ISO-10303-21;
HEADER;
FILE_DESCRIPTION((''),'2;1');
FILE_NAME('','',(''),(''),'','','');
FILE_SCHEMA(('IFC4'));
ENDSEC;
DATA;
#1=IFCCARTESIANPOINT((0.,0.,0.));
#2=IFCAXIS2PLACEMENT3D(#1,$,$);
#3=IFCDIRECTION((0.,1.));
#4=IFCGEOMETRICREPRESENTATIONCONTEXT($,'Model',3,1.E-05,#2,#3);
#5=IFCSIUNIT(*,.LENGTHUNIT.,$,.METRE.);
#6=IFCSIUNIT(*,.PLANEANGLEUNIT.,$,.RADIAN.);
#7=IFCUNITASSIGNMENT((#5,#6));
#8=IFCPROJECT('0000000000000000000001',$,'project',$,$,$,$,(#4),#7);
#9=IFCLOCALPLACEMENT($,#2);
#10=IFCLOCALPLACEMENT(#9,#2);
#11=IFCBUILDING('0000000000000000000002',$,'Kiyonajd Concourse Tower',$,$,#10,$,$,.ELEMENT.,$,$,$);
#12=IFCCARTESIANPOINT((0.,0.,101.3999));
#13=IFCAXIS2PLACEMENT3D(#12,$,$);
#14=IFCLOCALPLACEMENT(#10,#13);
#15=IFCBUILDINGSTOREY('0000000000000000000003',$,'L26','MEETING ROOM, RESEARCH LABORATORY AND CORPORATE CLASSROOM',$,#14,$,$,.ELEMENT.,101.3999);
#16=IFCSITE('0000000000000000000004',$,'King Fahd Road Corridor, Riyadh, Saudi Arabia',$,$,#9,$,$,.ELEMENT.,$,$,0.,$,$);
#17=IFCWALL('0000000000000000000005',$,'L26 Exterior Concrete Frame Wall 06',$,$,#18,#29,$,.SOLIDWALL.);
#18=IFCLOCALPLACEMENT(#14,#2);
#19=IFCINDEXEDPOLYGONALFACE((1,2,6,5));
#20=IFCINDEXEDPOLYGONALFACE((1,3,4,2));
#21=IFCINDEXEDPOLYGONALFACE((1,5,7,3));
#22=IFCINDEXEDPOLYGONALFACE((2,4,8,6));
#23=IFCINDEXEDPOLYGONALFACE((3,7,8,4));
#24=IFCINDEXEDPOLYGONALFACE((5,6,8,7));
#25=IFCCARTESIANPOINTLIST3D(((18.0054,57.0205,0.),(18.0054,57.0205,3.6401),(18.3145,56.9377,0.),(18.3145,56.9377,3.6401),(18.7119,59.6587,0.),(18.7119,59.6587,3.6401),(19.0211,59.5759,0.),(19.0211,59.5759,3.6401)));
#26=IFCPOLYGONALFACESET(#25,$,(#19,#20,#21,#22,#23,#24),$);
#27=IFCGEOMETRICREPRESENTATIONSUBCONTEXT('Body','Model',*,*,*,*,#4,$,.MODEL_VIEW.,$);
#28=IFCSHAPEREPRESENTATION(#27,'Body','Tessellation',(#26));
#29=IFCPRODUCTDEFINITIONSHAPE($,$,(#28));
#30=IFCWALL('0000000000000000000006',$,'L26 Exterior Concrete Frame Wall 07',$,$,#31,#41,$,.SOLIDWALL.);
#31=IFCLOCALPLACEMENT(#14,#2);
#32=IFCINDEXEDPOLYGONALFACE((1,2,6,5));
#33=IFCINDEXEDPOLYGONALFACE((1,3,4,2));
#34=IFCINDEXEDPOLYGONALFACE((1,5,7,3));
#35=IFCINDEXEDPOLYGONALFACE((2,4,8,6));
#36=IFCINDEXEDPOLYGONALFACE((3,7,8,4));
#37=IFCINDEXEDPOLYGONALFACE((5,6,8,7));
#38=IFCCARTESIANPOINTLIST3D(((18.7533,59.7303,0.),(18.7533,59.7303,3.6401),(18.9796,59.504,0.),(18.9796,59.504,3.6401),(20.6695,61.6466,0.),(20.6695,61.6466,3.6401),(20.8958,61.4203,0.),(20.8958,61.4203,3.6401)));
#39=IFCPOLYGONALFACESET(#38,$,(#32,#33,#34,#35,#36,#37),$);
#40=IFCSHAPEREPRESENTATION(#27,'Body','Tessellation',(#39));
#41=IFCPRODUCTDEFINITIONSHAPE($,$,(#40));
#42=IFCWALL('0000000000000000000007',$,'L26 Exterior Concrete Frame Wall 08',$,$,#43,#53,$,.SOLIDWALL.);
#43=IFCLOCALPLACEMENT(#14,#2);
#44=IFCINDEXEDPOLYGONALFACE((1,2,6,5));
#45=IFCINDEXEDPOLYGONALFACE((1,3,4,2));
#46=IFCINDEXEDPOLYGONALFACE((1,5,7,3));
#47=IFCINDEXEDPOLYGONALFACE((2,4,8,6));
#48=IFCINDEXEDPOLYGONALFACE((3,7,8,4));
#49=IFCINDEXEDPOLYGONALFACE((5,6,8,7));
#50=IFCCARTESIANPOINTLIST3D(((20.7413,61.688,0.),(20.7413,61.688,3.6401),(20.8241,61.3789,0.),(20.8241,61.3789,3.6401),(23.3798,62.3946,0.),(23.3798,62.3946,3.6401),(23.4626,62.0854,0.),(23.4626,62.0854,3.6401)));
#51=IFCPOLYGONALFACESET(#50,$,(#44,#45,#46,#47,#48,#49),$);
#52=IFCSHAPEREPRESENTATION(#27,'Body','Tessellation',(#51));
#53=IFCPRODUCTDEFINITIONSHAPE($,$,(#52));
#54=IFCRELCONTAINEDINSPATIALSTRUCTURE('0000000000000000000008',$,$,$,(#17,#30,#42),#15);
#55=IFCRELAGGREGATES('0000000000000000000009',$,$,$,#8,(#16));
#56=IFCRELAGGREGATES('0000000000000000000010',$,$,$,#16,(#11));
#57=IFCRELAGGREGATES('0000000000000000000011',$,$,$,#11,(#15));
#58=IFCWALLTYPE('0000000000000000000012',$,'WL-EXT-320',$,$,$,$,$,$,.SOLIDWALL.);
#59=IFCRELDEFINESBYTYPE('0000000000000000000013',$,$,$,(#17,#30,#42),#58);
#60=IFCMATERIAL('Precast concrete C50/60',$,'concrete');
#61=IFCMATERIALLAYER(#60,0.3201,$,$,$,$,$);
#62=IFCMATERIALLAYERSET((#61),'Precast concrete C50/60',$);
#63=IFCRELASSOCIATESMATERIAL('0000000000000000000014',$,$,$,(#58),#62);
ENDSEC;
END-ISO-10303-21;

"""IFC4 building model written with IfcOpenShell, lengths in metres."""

from ifc_helpers import new_model, si_unit, direction, frame, frame_2d, origin, place, context, subcontext, project, spatial, rectangle, extrude, material, layer, layer_set, type_object, element, save


model = new_model("IFC4")

# Units and contexts
model_context = context("Model", 3, precision=1e-05, world=origin(), true_north=direction((0.0, 1.0)))
body_context = subcontext(model_context, "Body", "Model", "MODEL_VIEW")
ifc_project = project(units=[si_unit("LENGTHUNIT", "METRE"), si_unit("PLANEANGLEUNIT", "RADIAN")], contexts=[model_context])

# Site, building, storey
site_placement = place(None, origin())
site = spatial("IfcSite", under=ifc_project, at=site_placement, Name="King Fahd Road Corridor, Riyadh, Saudi Arabia", CompositionType="ELEMENT", RefElevation=0.0)
building_placement = place(site_placement, origin())
building = spatial("IfcBuilding", under=site, at=building_placement, Name="Kiyonajd Concourse Tower", CompositionType="ELEMENT")
storey_placement = place(building_placement, frame((0.0, 0.0, 101.3999)))
storey = spatial("IfcBuildingStorey", under=building, at=storey_placement, Name="L26", Description="MEETING ROOM, RESEARCH LABORATORY AND CORPORATE CLASSROOM", CompositionType="ELEMENT", Elevation=101.3999)

# Shared definitions
ifc_material_1 = material(Name="Precast concrete C50/60", Category="concrete")

# Walls
ifc_layer_1 = layer(ifc_material_1, 0.3201)
ifc_layer_set_1 = layer_set([ifc_layer_1], Name="Precast concrete C50/60")
wall_type = type_object("IfcWallType", Name="WL-EXT-320", PredefinedType="SOLIDWALL", material=ifc_layer_set_1)
wall_1_placement = place(storey_placement, frame((18.1599, 56.979, 0.0), z_axis=(0.0, 0.0, 1.0), x_axis=(0.258697, 0.965958, 0.0)))
element("IfcWall", 1, at=wall_1_placement, inside=storey, type_object=wall_type, Name="L26 Exterior Concrete Frame Wall 06", PredefinedType="SOLIDWALL", context=body_context, shape_type="SweptSolid", body=[
    extrude(rectangle(XDim=2.7312, YDim=0.3201, at=frame_2d((1.3657, 0.0))), origin(), (0.0, 0.0, 1.0), 3.6401),
])
wall_2_placement = place(storey_placement, frame((18.8665, 59.6172, 0.0), z_axis=(0.0, 0.0, 1.0), x_axis=(0.707107, 0.707107, 0.0)))
element("IfcWall", 2, at=wall_2_placement, inside=storey, type_object=wall_type, Name="L26 Exterior Concrete Frame Wall 07", PredefinedType="SOLIDWALL", context=body_context, shape_type="SweptSolid", body=[
    extrude(rectangle(XDim=2.71, YDim=0.3201, at=frame_2d((1.355, 0.0))), origin(), (0.0, 0.0, 1.0), 3.6401),
])
wall_3_placement = place(storey_placement, frame((20.7827, 61.5334, 0.0), z_axis=(0.0, 0.0, 1.0), x_axis=(0.965964, 0.258675, 0.0)))
element("IfcWall", 3, at=wall_3_placement, inside=storey, type_object=wall_type, Name="L26 Exterior Concrete Frame Wall 08", PredefinedType="SOLIDWALL", context=body_context, shape_type="SweptSolid", body=[
    extrude(rectangle(XDim=2.7314, YDim=0.3201, at=frame_2d((1.3657, 0.0))), origin(), (0.0, 0.0, 1.0), 3.6401),
])

save(model, "model.ifc")
